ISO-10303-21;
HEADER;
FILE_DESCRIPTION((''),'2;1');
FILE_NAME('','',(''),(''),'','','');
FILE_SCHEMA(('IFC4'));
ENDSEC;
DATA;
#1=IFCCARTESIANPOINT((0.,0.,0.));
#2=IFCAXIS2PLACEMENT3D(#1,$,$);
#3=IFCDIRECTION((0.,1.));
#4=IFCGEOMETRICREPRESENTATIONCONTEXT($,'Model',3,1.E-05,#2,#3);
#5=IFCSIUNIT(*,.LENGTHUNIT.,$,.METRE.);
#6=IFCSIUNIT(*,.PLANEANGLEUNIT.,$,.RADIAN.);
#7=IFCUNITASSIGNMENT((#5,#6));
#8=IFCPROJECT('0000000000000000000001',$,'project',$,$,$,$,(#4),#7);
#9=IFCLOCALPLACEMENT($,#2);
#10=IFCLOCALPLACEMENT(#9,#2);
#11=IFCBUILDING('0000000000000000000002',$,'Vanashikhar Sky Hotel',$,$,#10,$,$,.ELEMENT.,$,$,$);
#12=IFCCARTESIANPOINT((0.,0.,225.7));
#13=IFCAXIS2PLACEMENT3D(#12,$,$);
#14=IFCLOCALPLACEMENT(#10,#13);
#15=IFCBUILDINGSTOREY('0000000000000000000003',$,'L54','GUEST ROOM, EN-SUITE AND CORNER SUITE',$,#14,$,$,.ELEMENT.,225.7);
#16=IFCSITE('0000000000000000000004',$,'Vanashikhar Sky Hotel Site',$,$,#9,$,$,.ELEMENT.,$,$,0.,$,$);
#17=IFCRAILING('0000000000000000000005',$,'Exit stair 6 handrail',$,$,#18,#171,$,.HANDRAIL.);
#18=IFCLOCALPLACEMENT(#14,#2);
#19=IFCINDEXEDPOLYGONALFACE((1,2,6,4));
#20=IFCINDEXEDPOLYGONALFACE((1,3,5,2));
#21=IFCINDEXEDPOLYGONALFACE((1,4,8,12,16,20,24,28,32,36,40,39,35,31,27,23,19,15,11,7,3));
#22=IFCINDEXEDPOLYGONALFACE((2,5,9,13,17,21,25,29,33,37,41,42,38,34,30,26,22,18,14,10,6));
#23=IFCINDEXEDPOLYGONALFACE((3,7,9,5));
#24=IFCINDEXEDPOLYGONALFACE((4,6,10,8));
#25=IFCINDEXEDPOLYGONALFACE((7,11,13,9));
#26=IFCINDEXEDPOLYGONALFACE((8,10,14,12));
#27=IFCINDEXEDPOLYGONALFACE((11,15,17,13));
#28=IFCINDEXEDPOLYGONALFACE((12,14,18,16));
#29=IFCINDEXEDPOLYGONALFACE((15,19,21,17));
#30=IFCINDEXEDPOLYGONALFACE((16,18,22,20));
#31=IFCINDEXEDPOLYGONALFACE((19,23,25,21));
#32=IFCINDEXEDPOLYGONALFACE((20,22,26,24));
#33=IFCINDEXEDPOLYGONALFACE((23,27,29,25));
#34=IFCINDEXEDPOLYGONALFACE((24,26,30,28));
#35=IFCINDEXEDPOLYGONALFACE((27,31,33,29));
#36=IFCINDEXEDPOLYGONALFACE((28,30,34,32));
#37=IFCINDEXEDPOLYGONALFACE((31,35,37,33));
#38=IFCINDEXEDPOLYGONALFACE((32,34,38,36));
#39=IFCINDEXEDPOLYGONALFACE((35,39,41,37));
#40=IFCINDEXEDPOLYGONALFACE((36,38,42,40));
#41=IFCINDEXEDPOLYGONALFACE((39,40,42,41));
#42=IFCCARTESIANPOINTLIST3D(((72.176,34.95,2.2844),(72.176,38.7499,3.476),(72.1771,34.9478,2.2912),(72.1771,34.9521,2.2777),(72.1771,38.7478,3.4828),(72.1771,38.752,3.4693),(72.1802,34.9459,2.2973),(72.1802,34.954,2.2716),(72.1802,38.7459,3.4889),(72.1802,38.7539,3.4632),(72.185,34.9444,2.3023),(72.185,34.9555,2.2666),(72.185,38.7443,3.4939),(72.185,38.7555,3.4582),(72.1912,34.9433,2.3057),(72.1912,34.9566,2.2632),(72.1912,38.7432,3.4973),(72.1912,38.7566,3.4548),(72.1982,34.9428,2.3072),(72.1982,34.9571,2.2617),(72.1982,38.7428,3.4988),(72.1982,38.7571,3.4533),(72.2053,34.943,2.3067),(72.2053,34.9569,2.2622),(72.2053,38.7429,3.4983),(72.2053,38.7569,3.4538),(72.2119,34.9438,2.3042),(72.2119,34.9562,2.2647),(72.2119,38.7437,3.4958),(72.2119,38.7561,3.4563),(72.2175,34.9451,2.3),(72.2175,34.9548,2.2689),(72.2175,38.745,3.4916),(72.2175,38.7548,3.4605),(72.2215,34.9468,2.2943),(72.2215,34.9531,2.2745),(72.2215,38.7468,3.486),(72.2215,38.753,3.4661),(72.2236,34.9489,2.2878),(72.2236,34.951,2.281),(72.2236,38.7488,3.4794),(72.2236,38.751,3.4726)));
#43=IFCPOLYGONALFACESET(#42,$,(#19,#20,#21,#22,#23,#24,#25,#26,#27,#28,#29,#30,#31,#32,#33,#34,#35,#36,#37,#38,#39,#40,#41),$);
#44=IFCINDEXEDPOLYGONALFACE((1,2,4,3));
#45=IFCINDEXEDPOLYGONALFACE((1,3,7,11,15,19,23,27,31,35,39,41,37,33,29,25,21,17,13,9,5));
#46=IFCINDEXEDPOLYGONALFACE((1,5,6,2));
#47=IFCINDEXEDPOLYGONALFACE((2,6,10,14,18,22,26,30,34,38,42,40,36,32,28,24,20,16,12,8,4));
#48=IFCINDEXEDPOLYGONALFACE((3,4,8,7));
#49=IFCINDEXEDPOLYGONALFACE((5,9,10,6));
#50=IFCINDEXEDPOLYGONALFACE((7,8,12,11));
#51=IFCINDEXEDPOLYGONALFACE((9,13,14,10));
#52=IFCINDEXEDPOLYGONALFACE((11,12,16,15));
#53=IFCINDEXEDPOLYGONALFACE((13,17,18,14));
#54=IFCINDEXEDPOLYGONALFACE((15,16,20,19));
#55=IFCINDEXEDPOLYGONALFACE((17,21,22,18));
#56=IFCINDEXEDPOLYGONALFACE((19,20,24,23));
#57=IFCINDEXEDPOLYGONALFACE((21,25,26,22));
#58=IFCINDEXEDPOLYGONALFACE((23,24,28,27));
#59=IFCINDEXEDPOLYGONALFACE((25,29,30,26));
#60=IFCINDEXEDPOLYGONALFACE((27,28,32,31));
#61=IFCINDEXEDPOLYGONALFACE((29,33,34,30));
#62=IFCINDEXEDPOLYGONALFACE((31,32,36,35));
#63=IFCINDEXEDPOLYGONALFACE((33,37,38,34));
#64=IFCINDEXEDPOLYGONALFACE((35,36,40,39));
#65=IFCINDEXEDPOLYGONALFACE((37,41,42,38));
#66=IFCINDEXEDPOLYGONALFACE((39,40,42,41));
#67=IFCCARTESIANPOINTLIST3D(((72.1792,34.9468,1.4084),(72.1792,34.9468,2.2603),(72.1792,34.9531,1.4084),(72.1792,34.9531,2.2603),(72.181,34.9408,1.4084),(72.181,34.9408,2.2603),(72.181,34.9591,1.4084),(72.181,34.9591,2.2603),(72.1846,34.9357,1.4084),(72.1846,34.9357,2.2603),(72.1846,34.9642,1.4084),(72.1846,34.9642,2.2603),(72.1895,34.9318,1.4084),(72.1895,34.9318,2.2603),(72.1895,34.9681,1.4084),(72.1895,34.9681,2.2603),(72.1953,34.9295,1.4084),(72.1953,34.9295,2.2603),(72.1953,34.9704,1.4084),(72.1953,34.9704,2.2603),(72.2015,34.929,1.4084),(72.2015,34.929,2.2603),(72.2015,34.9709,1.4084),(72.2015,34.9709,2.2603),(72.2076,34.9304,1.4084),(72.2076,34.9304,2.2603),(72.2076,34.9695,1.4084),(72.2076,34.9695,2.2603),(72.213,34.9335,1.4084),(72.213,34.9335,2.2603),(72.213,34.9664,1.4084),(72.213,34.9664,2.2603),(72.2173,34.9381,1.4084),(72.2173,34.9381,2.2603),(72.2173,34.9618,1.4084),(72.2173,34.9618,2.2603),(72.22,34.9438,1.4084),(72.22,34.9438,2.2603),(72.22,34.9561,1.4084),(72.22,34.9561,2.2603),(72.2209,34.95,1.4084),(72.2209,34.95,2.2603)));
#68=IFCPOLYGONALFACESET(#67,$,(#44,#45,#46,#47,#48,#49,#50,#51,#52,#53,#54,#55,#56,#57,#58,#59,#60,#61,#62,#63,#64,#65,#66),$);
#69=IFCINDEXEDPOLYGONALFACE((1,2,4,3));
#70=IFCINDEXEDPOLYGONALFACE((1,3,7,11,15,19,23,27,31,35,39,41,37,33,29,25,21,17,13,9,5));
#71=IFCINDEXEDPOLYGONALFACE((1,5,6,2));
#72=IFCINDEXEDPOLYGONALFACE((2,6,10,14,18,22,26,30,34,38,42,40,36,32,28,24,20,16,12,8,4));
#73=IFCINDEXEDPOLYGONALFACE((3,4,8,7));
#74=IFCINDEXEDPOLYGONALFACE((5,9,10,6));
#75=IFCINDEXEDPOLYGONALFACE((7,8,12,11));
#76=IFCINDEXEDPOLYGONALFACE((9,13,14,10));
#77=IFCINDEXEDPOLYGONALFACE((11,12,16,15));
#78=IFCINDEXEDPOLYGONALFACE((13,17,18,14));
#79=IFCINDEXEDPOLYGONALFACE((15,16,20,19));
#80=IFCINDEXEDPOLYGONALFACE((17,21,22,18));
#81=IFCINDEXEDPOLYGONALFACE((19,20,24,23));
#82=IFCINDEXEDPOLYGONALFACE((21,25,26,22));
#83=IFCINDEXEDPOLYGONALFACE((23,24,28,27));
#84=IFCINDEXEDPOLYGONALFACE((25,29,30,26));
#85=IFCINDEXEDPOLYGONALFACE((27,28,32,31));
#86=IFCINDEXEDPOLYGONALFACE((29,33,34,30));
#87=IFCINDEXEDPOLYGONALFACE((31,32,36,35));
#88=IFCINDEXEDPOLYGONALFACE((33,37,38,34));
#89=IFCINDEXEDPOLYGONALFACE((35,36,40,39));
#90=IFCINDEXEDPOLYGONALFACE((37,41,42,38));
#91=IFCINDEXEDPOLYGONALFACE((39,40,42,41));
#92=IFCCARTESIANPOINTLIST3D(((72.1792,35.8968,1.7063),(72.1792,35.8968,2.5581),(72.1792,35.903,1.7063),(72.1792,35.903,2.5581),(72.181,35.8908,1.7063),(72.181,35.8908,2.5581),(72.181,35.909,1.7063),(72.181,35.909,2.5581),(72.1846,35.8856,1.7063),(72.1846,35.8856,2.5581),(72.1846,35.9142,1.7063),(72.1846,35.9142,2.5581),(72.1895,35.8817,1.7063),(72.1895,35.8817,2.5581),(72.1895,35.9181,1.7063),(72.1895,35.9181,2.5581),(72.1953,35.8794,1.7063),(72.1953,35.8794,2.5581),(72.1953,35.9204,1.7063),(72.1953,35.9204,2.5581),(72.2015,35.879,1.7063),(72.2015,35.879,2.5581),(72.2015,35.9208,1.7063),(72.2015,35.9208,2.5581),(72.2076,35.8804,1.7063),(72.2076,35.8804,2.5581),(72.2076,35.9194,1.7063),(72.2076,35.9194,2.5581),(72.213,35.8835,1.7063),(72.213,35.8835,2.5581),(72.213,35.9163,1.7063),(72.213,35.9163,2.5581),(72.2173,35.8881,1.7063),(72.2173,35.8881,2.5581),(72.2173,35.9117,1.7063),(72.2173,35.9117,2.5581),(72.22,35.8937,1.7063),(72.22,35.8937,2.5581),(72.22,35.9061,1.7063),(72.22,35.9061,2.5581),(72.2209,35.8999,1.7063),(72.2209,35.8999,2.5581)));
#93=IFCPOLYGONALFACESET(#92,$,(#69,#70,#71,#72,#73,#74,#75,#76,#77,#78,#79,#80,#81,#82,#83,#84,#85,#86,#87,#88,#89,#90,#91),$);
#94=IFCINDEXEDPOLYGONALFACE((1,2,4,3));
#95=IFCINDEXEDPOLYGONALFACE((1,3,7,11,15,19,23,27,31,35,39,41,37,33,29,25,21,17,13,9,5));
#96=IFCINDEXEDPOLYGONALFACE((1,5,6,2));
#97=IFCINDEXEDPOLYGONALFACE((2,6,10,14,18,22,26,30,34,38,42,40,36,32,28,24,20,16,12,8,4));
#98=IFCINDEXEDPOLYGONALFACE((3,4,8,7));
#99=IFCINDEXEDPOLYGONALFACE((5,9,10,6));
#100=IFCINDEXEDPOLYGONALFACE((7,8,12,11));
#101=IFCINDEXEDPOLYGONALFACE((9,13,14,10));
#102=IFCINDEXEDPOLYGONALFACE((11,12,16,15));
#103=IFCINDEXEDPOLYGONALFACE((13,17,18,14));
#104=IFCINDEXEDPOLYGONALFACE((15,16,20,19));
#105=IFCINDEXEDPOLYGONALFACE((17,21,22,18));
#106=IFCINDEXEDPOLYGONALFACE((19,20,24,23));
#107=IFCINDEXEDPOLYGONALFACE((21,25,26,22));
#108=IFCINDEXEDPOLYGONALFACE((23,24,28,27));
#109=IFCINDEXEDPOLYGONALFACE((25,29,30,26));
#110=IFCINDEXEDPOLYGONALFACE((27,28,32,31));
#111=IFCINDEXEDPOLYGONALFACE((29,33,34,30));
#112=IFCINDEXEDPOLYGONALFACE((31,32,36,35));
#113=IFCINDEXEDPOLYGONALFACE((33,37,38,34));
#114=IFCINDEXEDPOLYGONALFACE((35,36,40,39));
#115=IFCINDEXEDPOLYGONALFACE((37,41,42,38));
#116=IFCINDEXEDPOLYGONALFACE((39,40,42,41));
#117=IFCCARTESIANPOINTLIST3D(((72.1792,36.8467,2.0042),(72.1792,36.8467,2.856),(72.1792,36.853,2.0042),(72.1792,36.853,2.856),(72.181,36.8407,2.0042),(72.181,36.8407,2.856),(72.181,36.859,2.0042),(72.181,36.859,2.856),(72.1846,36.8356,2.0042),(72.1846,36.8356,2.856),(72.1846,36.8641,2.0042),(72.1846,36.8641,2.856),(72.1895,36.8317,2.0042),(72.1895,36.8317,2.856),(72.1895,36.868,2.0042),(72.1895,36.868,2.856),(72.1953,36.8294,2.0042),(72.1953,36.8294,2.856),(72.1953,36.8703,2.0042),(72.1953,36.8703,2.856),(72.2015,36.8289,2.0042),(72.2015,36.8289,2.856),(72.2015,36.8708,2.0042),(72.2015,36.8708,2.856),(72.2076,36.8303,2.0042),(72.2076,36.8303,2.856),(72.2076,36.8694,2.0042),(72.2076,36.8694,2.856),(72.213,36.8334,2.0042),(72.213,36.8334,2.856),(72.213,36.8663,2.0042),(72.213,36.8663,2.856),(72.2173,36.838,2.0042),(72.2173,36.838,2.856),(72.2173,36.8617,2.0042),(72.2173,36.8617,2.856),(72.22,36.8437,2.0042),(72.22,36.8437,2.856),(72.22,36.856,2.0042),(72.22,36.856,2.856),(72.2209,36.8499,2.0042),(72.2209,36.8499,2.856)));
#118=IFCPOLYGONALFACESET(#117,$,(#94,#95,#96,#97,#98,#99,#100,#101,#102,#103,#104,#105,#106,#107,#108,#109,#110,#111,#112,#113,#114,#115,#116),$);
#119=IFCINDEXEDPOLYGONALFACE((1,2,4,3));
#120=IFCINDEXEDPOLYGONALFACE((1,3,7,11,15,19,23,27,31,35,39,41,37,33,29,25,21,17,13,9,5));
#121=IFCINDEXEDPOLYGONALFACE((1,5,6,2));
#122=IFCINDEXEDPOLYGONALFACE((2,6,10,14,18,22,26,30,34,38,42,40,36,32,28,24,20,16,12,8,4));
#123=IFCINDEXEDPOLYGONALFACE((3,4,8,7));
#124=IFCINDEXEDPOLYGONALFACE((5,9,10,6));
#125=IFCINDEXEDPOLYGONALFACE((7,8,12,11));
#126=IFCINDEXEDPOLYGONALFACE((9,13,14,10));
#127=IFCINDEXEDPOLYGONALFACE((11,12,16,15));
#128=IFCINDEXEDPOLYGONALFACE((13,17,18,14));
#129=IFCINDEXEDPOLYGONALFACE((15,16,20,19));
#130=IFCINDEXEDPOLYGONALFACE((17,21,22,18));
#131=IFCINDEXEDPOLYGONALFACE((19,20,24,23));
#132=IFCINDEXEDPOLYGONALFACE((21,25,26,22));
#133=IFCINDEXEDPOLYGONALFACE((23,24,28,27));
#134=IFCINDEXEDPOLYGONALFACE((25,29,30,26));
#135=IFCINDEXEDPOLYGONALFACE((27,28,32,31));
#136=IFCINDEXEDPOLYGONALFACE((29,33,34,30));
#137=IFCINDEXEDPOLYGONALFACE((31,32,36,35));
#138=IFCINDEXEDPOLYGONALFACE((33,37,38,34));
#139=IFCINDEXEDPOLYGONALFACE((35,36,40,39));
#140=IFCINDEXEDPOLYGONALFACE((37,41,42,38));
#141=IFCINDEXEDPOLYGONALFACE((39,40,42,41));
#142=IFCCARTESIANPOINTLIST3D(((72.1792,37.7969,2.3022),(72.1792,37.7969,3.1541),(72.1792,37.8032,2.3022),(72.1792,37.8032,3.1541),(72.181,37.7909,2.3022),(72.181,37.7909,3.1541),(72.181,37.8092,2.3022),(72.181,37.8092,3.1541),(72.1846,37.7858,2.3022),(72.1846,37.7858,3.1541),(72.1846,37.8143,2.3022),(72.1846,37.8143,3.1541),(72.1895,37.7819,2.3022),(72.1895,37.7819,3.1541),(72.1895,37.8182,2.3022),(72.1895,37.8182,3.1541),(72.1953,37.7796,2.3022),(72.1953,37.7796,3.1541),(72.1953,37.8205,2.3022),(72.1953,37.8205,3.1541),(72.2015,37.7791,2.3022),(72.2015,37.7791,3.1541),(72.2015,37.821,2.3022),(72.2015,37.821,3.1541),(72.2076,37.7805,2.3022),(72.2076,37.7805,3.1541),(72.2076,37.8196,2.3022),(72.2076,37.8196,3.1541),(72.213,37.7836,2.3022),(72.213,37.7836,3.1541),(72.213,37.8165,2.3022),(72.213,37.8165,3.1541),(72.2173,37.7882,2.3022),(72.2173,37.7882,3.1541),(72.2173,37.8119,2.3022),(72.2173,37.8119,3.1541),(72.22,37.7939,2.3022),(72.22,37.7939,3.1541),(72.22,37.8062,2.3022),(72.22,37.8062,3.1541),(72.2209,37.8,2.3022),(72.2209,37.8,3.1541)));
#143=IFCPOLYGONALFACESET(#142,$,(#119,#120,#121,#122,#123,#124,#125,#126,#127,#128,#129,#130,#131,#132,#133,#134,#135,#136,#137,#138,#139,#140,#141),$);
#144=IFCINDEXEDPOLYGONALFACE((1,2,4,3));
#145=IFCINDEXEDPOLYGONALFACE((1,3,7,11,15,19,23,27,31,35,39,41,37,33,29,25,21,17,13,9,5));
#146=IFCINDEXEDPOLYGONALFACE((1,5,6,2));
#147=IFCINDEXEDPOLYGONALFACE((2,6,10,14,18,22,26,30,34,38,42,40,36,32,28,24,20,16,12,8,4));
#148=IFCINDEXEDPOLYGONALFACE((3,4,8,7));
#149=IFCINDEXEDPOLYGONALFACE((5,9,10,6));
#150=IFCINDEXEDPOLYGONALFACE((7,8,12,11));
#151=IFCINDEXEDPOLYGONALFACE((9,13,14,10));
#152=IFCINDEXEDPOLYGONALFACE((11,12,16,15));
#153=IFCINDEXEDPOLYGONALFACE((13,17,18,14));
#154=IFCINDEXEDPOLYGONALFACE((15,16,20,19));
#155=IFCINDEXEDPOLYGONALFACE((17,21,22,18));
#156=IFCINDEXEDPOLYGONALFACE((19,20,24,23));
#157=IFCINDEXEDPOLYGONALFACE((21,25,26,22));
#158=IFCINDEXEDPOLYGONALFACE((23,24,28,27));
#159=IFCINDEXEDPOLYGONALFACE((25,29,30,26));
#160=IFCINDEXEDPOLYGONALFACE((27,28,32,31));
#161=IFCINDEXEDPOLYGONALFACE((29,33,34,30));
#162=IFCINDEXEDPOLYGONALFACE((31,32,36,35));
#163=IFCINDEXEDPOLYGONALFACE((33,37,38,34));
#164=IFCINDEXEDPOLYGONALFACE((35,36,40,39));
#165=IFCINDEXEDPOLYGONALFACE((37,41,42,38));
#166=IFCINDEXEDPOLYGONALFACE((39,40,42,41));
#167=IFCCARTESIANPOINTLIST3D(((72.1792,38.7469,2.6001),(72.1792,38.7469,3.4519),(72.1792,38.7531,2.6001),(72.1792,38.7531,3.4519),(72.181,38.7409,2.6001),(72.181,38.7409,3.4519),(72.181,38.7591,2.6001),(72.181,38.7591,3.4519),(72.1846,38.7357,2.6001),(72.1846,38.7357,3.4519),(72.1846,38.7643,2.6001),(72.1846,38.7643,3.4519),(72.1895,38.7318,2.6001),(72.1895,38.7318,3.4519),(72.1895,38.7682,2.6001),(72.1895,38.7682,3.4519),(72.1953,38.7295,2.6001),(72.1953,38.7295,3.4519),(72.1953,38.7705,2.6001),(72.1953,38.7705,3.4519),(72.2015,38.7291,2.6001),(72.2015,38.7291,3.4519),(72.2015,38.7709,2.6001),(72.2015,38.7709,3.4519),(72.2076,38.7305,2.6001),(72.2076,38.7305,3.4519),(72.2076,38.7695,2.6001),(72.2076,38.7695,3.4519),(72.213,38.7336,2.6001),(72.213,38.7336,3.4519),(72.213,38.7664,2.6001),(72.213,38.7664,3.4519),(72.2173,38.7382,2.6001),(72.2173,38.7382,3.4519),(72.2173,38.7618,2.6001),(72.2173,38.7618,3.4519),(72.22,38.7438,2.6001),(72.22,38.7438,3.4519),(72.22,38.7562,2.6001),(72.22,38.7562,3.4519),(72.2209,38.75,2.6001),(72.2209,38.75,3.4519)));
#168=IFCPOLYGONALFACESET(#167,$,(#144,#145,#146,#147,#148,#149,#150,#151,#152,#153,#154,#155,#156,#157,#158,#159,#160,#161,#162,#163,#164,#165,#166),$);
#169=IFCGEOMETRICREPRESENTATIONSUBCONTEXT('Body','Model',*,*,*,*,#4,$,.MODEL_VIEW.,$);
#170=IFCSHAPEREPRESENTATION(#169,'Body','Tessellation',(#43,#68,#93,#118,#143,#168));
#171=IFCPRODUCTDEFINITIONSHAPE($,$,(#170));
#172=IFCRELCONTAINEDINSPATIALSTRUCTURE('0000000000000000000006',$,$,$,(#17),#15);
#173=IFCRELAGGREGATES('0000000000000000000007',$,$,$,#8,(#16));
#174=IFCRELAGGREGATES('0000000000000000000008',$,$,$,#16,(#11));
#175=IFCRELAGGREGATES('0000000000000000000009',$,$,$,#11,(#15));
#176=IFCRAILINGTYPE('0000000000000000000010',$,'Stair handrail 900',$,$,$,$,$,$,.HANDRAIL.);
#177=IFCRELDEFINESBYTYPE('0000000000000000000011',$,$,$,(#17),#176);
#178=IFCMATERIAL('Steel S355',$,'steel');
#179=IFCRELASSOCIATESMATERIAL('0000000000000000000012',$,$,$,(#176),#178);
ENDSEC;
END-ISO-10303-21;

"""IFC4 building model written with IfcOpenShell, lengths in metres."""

from ifc_helpers import new_model, si_unit, direction, frame, origin, origin_2d, place, context, subcontext, project, spatial, circle, extrude, source, transform, mapped, material, type_object, element, save


model = new_model("IFC4")

# Units and contexts
model_context = context("Model", 3, precision=1e-05, world=origin(), true_north=direction((0.0, 1.0)))
body_context = subcontext(model_context, "Body", "Model", "MODEL_VIEW")
ifc_project = project(units=[si_unit("LENGTHUNIT", "METRE"), si_unit("PLANEANGLEUNIT", "RADIAN")], contexts=[model_context])

# Site, building, storey
site_placement = place(None, origin())
site = spatial("IfcSite", under=ifc_project, at=site_placement, Name="Vanashikhar Sky Hotel Site", CompositionType="ELEMENT", RefElevation=0.0)
building_placement = place(site_placement, origin())
building = spatial("IfcBuilding", under=site, at=building_placement, Name="Vanashikhar Sky Hotel", CompositionType="ELEMENT")
storey_placement = place(building_placement, frame((0.0, 0.0, 225.7)))
storey = spatial("IfcBuildingStorey", under=building, at=storey_placement, Name="L54", Description="GUEST ROOM, EN-SUITE AND CORNER SUITE", CompositionType="ELEMENT", Elevation=225.7)

# Railing
ifc_material_1 = material(Name="Steel S355", Category="steel")
railing_type_1 = type_object("IfcRailingType", Name="Stair handrail 900", PredefinedType="HANDRAIL", material=ifc_material_1)
shared_shape_1 = source(origin(), body_context, "Body", "SweptSolid", [
    extrude(circle(Radius=0.0239, at=origin_2d()), frame((0.0, 0.0, 0.876), z_axis=(0.0, 0.954184, 0.299221), x_axis=(-1.0, 0.0, 0.0)), (0.0, 0.0, 1.0), 3.9824),
    extrude(circle(Radius=0.021, at=origin_2d()), origin(), (0.0, 0.0, 1.0), 0.8518),
    extrude(circle(Radius=0.021, at=origin_2d()), frame((0.0, 0.95, 0.2979)), (0.0, 0.0, 1.0), 0.8518),
    extrude(circle(Radius=0.021, at=origin_2d()), frame((0.0, 1.8999, 0.5957)), (0.0, 0.0, 1.0), 0.8518),
    extrude(circle(Radius=0.021, at=origin_2d()), frame((0.0, 2.8501, 0.8938)), (0.0, 0.0, 1.0), 0.8518),
    extrude(circle(Radius=0.021, at=origin_2d()), frame((0.0, 3.8, 1.1917)), (0.0, 0.0, 1.0), 0.8518),
])
railing_1_placement = place(storey_placement, frame((72.2, 34.95, 1.4084)))
element("IfcRailing", 1, at=railing_1_placement, inside=storey, type_object=railing_type_1, Name="Exit stair 6 handrail", PredefinedType="HANDRAIL", context=body_context, shape_type="MappedRepresentation", body=[
    mapped(shared_shape_1, transform((0.0, 0.0, 0.0), scale=1.0)),
])

save(model, "model.ifc")
